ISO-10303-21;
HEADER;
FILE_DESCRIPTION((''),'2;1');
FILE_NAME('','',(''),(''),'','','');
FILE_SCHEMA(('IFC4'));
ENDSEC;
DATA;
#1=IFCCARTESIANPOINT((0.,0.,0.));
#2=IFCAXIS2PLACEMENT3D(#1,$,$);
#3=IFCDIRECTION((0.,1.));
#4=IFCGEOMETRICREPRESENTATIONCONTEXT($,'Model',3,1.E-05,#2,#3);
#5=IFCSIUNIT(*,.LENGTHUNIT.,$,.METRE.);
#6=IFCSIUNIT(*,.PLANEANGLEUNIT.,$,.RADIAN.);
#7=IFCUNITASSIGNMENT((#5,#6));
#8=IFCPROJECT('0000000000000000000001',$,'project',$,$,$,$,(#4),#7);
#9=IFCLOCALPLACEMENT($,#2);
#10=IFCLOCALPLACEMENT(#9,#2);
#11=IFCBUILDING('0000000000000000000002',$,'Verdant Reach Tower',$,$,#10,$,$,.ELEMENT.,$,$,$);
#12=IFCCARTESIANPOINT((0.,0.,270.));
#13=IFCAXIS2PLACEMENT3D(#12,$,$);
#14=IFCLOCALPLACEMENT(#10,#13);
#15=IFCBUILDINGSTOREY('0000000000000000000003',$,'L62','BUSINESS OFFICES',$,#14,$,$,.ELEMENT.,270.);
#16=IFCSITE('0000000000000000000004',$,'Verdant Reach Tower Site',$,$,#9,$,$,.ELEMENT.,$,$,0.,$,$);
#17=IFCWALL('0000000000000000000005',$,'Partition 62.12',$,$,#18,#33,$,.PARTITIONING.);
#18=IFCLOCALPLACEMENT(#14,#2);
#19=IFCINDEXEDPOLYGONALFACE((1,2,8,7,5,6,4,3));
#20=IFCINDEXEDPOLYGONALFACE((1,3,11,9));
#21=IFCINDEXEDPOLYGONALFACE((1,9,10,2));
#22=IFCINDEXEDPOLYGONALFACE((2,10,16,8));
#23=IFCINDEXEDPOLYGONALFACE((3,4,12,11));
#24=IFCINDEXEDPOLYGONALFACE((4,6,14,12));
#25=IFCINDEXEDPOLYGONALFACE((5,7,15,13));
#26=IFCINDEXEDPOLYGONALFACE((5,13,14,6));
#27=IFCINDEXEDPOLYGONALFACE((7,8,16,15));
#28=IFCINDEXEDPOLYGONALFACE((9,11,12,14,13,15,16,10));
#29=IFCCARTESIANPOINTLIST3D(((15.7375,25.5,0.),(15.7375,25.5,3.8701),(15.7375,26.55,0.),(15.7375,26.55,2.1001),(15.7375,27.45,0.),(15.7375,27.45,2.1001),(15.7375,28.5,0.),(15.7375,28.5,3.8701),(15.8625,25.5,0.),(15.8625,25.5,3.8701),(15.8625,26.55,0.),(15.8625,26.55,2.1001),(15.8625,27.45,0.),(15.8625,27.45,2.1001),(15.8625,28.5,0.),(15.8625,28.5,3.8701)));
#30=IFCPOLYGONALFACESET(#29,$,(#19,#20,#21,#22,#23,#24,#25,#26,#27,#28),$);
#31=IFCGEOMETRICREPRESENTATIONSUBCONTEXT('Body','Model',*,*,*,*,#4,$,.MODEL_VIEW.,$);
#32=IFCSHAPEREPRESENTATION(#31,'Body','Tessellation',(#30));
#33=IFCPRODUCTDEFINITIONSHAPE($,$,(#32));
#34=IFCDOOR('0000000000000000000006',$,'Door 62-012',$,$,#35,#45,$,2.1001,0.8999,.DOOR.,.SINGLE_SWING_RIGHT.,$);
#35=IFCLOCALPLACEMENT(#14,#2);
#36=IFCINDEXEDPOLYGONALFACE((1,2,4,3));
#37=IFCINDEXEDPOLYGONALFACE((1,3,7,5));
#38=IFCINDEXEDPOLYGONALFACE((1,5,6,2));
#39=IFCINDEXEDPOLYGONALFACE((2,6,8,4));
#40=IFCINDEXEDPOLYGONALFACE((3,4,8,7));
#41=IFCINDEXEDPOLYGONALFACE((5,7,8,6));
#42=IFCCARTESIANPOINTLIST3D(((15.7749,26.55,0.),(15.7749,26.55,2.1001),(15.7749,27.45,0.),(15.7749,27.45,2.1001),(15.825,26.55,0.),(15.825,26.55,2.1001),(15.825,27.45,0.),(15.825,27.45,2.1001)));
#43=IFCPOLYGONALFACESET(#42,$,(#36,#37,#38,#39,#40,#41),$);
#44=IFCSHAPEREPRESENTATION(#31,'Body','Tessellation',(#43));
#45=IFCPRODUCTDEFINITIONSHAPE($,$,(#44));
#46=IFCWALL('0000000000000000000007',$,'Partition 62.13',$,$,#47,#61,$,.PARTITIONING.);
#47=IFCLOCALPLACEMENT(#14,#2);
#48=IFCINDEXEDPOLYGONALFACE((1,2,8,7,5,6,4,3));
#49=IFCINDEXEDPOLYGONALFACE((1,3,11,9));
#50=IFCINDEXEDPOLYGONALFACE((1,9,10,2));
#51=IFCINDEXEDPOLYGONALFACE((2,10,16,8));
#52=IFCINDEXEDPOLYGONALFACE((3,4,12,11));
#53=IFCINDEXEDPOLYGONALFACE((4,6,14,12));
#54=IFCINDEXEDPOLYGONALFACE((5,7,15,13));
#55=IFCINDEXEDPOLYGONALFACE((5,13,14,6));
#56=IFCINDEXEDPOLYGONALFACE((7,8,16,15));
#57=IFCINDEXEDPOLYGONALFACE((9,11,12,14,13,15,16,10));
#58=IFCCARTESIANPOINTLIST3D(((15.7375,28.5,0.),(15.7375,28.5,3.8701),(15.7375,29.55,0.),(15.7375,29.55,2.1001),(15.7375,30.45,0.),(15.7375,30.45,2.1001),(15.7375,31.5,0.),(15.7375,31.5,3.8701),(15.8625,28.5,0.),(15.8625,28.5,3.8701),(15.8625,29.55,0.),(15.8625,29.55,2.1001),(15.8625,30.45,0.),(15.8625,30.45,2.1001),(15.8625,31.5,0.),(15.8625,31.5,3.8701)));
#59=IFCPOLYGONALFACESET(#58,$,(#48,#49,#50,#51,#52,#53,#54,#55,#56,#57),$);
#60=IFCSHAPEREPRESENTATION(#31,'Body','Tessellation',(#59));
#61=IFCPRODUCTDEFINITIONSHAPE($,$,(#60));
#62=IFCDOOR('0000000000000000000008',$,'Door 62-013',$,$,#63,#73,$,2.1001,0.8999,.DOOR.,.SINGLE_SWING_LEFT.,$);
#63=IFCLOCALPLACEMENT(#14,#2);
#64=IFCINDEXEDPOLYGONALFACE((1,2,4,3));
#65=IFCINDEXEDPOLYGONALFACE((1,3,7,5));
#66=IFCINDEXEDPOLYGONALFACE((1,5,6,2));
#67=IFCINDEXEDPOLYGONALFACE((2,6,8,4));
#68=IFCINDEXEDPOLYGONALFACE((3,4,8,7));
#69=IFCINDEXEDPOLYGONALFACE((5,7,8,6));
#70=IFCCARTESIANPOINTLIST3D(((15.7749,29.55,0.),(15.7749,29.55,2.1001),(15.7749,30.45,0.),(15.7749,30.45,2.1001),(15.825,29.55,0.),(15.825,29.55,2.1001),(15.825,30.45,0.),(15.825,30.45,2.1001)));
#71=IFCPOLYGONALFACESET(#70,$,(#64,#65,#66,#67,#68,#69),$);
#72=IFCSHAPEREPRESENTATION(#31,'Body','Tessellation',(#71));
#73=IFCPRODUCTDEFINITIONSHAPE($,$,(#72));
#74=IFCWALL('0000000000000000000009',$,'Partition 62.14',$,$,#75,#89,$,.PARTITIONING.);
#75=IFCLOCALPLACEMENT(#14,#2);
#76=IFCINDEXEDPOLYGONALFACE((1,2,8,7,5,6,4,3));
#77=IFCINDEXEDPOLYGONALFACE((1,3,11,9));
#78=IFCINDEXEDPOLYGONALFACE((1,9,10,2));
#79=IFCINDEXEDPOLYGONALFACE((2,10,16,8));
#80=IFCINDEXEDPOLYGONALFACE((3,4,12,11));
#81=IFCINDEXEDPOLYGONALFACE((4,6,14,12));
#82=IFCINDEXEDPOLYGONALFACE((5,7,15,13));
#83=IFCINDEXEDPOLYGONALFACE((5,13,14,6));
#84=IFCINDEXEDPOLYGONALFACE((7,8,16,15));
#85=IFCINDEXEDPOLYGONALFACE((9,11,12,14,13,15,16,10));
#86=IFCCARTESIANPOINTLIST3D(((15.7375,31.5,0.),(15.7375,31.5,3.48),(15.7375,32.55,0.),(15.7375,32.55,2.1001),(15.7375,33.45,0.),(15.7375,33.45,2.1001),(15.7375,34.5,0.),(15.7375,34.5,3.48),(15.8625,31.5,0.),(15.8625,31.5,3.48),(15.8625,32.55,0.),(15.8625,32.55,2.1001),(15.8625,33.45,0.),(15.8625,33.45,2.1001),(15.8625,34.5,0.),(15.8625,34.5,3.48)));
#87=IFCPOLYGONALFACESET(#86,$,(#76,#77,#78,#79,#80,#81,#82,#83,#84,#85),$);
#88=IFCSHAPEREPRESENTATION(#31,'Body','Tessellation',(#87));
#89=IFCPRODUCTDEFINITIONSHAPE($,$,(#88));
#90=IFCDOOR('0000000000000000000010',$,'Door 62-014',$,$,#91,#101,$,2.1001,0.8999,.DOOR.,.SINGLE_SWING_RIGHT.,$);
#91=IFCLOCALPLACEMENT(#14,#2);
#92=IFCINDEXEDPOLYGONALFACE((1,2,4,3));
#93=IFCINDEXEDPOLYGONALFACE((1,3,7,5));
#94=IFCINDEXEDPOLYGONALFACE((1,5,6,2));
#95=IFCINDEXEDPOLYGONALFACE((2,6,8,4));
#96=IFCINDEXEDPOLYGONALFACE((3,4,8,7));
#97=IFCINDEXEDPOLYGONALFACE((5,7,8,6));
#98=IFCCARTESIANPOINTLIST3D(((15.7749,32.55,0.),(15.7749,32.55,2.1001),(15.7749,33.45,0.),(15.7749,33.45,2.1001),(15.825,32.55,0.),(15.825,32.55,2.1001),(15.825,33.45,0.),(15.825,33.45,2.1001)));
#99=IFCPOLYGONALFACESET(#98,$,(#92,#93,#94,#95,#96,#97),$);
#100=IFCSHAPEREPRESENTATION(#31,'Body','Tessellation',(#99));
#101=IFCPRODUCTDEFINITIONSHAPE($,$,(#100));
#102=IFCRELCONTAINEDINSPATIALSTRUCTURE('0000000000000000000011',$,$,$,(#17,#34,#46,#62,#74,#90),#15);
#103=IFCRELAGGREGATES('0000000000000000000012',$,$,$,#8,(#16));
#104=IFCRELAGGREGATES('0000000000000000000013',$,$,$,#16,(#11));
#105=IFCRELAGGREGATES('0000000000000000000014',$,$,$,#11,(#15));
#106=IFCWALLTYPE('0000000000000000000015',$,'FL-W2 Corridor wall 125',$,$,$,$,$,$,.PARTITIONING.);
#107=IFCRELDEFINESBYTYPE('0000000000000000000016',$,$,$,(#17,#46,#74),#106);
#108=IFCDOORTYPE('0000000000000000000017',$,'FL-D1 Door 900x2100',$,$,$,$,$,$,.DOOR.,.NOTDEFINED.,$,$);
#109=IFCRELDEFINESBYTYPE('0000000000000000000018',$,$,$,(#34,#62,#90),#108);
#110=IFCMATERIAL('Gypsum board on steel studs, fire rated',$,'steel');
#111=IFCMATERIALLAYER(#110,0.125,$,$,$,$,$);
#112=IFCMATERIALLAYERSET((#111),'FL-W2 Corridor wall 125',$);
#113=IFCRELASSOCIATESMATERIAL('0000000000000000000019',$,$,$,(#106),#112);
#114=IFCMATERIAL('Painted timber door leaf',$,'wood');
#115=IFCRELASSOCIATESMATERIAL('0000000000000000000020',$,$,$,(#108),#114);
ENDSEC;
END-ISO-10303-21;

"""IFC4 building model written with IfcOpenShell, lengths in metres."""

from ifc_helpers import new_model, si_unit, direction, frame, frame_2d, origin, place, context, subcontext, project, spatial, rectangle, extrude, material, layer, layer_set, type_object, element, fill, save


model = new_model("IFC4")

# Units and contexts
model_context = context("Model", 3, precision=1e-05, world=origin(), true_north=direction((0.0, 1.0)))
body_context = subcontext(model_context, "Body", "Model", "MODEL_VIEW")
ifc_project = project(units=[si_unit("LENGTHUNIT", "METRE"), si_unit("PLANEANGLEUNIT", "RADIAN")], contexts=[model_context])

# Site, building, storey
site_placement = place(None, origin())
site = spatial("IfcSite", under=ifc_project, at=site_placement, Name="Verdant Reach Tower Site", CompositionType="ELEMENT", RefElevation=0.0)
building_placement = place(site_placement, origin())
building = spatial("IfcBuilding", under=site, at=building_placement, Name="Verdant Reach Tower", CompositionType="ELEMENT")
storey_placement = place(building_placement, frame((0.0, 0.0, 270.0)))
storey = spatial("IfcBuildingStorey", under=building, at=storey_placement, Name="L62", Description="BUSINESS OFFICES", CompositionType="ELEMENT", Elevation=270.0)

# Walls, openings, doors
ifc_material_1 = material(Name="Gypsum board on steel studs, fire rated", Category="steel")
ifc_layer_1 = layer(ifc_material_1, 0.125)
ifc_layer_set_1 = layer_set([ifc_layer_1], Name="FL-W2 Corridor wall 125")
wall_type_1 = type_object("IfcWallType", Name="FL-W2 Corridor wall 125", PredefinedType="PARTITIONING", material=ifc_layer_set_1)
wall_1_placement = place(storey_placement, frame((15.8, 28.5, 0.0), z_axis=(0.0, 0.0, 1.0), x_axis=(0.0, -1.0, 0.0)))
wall_1 = element("IfcWall", 1, at=wall_1_placement, inside=storey, type_object=wall_type_1, Name="Partition 62.12", PredefinedType="PARTITIONING", context=body_context, shape_type="SweptSolid", body=[
    extrude(rectangle(XDim=3.0, YDim=0.125, at=frame_2d((1.5, 0.0))), origin(), (0.0, 0.0, 1.0), 3.8701),
])
opening_1_placement = place(wall_1_placement, frame((1.05, 0.0, 0.0)))
opening_1 = element("IfcOpeningElement", 2, at=opening_1_placement, cuts=wall_1, PredefinedType="OPENING", context=body_context, shape_type="SweptSolid", body=[
    extrude(rectangle(XDim=0.8999, YDim=2.1001, at=frame_2d((0.45, 1.05))), frame((0.0, 0.0725, 0.0), z_axis=(0.0, -1.0, 0.0), x_axis=(1.0, 0.0, 0.0)), (0.0, 0.0, 1.0), 0.145),
])
ifc_material_2 = material(Name="Painted timber door leaf", Category="wood")
door_type_1 = type_object("IfcDoorType", Name="FL-D1 Door 900x2100", OperationType="NOTDEFINED", PredefinedType="DOOR", material=ifc_material_2)
door_1_placement = place(opening_1_placement, origin())
door_1 = element("IfcDoor", 3, at=door_1_placement, inside=storey, type_object=door_type_1, Name="Door 62-012", OperationType="SINGLE_SWING_RIGHT", OverallHeight=2.1001, OverallWidth=0.8999, PredefinedType="DOOR", context=body_context, shape_type="SweptSolid", body=[
    extrude(rectangle(XDim=0.8999, YDim=2.1001, at=frame_2d((0.45, 1.05))), frame((0.0, 0.0249, 0.0), z_axis=(0.0, -1.0, 0.0), x_axis=(1.0, 0.0, 0.0)), (0.0, 0.0, 1.0), 0.05),
])
fill(opening_1, door_1)
wall_2_placement = place(storey_placement, frame((15.8, 31.5, 0.0), z_axis=(0.0, 0.0, 1.0), x_axis=(0.0, -1.0, 0.0)))
wall_2 = element("IfcWall", 4, at=wall_2_placement, inside=storey, type_object=wall_type_1, Name="Partition 62.13", PredefinedType="PARTITIONING", context=body_context, shape_type="SweptSolid", body=[
    extrude(rectangle(XDim=3.0, YDim=0.125, at=frame_2d((1.5, 0.0))), origin(), (0.0, 0.0, 1.0), 3.8701),
])
opening_2_placement = place(wall_2_placement, frame((1.05, 0.0, 0.0)))
opening_2 = element("IfcOpeningElement", 5, at=opening_2_placement, cuts=wall_2, PredefinedType="OPENING", context=body_context, shape_type="SweptSolid", body=[
    extrude(rectangle(XDim=0.8999, YDim=2.1001, at=frame_2d((0.45, 1.05))), frame((0.0, 0.0725, 0.0), z_axis=(0.0, -1.0, 0.0), x_axis=(1.0, 0.0, 0.0)), (0.0, 0.0, 1.0), 0.145),
])
door_2_placement = place(opening_2_placement, origin())
door_2 = element("IfcDoor", 6, at=door_2_placement, inside=storey, type_object=door_type_1, Name="Door 62-013", OperationType="SINGLE_SWING_LEFT", OverallHeight=2.1001, OverallWidth=0.8999, PredefinedType="DOOR", context=body_context, shape_type="SweptSolid", body=[
    extrude(rectangle(XDim=0.8999, YDim=2.1001, at=frame_2d((0.45, 1.05))), frame((0.0, 0.0249, 0.0), z_axis=(0.0, -1.0, 0.0), x_axis=(1.0, 0.0, 0.0)), (0.0, 0.0, 1.0), 0.05),
])
fill(opening_2, door_2)
wall_3_placement = place(storey_placement, frame((15.8, 34.5, 0.0), z_axis=(0.0, 0.0, 1.0), x_axis=(0.0, -1.0, 0.0)))
wall_3 = element("IfcWall", 7, at=wall_3_placement, inside=storey, type_object=wall_type_1, Name="Partition 62.14", PredefinedType="PARTITIONING", context=body_context, shape_type="SweptSolid", body=[
    extrude(rectangle(XDim=3.0, YDim=0.125, at=frame_2d((1.5, 0.0))), origin(), (0.0, 0.0, 1.0), 3.48),
])
opening_3_placement = place(wall_3_placement, frame((1.05, 0.0, 0.0)))
opening_3 = element("IfcOpeningElement", 8, at=opening_3_placement, cuts=wall_3, PredefinedType="OPENING", context=body_context, shape_type="SweptSolid", body=[
    extrude(rectangle(XDim=0.8999, YDim=2.1001, at=frame_2d((0.45, 1.05))), frame((0.0, 0.0725, 0.0), z_axis=(0.0, -1.0, 0.0), x_axis=(1.0, 0.0, 0.0)), (0.0, 0.0, 1.0), 0.145),
])
door_3_placement = place(opening_3_placement, origin())
door_3 = element("IfcDoor", 9, at=door_3_placement, inside=storey, type_object=door_type_1, Name="Door 62-014", OperationType="SINGLE_SWING_RIGHT", OverallHeight=2.1001, OverallWidth=0.8999, PredefinedType="DOOR", context=body_context, shape_type="SweptSolid", body=[
    extrude(rectangle(XDim=0.8999, YDim=2.1001, at=frame_2d((0.45, 1.05))), frame((0.0, 0.0249, 0.0), z_axis=(0.0, -1.0, 0.0), x_axis=(1.0, 0.0, 0.0)), (0.0, 0.0, 1.0), 0.05),
])
fill(opening_3, door_3)

save(model, "model.ifc")
